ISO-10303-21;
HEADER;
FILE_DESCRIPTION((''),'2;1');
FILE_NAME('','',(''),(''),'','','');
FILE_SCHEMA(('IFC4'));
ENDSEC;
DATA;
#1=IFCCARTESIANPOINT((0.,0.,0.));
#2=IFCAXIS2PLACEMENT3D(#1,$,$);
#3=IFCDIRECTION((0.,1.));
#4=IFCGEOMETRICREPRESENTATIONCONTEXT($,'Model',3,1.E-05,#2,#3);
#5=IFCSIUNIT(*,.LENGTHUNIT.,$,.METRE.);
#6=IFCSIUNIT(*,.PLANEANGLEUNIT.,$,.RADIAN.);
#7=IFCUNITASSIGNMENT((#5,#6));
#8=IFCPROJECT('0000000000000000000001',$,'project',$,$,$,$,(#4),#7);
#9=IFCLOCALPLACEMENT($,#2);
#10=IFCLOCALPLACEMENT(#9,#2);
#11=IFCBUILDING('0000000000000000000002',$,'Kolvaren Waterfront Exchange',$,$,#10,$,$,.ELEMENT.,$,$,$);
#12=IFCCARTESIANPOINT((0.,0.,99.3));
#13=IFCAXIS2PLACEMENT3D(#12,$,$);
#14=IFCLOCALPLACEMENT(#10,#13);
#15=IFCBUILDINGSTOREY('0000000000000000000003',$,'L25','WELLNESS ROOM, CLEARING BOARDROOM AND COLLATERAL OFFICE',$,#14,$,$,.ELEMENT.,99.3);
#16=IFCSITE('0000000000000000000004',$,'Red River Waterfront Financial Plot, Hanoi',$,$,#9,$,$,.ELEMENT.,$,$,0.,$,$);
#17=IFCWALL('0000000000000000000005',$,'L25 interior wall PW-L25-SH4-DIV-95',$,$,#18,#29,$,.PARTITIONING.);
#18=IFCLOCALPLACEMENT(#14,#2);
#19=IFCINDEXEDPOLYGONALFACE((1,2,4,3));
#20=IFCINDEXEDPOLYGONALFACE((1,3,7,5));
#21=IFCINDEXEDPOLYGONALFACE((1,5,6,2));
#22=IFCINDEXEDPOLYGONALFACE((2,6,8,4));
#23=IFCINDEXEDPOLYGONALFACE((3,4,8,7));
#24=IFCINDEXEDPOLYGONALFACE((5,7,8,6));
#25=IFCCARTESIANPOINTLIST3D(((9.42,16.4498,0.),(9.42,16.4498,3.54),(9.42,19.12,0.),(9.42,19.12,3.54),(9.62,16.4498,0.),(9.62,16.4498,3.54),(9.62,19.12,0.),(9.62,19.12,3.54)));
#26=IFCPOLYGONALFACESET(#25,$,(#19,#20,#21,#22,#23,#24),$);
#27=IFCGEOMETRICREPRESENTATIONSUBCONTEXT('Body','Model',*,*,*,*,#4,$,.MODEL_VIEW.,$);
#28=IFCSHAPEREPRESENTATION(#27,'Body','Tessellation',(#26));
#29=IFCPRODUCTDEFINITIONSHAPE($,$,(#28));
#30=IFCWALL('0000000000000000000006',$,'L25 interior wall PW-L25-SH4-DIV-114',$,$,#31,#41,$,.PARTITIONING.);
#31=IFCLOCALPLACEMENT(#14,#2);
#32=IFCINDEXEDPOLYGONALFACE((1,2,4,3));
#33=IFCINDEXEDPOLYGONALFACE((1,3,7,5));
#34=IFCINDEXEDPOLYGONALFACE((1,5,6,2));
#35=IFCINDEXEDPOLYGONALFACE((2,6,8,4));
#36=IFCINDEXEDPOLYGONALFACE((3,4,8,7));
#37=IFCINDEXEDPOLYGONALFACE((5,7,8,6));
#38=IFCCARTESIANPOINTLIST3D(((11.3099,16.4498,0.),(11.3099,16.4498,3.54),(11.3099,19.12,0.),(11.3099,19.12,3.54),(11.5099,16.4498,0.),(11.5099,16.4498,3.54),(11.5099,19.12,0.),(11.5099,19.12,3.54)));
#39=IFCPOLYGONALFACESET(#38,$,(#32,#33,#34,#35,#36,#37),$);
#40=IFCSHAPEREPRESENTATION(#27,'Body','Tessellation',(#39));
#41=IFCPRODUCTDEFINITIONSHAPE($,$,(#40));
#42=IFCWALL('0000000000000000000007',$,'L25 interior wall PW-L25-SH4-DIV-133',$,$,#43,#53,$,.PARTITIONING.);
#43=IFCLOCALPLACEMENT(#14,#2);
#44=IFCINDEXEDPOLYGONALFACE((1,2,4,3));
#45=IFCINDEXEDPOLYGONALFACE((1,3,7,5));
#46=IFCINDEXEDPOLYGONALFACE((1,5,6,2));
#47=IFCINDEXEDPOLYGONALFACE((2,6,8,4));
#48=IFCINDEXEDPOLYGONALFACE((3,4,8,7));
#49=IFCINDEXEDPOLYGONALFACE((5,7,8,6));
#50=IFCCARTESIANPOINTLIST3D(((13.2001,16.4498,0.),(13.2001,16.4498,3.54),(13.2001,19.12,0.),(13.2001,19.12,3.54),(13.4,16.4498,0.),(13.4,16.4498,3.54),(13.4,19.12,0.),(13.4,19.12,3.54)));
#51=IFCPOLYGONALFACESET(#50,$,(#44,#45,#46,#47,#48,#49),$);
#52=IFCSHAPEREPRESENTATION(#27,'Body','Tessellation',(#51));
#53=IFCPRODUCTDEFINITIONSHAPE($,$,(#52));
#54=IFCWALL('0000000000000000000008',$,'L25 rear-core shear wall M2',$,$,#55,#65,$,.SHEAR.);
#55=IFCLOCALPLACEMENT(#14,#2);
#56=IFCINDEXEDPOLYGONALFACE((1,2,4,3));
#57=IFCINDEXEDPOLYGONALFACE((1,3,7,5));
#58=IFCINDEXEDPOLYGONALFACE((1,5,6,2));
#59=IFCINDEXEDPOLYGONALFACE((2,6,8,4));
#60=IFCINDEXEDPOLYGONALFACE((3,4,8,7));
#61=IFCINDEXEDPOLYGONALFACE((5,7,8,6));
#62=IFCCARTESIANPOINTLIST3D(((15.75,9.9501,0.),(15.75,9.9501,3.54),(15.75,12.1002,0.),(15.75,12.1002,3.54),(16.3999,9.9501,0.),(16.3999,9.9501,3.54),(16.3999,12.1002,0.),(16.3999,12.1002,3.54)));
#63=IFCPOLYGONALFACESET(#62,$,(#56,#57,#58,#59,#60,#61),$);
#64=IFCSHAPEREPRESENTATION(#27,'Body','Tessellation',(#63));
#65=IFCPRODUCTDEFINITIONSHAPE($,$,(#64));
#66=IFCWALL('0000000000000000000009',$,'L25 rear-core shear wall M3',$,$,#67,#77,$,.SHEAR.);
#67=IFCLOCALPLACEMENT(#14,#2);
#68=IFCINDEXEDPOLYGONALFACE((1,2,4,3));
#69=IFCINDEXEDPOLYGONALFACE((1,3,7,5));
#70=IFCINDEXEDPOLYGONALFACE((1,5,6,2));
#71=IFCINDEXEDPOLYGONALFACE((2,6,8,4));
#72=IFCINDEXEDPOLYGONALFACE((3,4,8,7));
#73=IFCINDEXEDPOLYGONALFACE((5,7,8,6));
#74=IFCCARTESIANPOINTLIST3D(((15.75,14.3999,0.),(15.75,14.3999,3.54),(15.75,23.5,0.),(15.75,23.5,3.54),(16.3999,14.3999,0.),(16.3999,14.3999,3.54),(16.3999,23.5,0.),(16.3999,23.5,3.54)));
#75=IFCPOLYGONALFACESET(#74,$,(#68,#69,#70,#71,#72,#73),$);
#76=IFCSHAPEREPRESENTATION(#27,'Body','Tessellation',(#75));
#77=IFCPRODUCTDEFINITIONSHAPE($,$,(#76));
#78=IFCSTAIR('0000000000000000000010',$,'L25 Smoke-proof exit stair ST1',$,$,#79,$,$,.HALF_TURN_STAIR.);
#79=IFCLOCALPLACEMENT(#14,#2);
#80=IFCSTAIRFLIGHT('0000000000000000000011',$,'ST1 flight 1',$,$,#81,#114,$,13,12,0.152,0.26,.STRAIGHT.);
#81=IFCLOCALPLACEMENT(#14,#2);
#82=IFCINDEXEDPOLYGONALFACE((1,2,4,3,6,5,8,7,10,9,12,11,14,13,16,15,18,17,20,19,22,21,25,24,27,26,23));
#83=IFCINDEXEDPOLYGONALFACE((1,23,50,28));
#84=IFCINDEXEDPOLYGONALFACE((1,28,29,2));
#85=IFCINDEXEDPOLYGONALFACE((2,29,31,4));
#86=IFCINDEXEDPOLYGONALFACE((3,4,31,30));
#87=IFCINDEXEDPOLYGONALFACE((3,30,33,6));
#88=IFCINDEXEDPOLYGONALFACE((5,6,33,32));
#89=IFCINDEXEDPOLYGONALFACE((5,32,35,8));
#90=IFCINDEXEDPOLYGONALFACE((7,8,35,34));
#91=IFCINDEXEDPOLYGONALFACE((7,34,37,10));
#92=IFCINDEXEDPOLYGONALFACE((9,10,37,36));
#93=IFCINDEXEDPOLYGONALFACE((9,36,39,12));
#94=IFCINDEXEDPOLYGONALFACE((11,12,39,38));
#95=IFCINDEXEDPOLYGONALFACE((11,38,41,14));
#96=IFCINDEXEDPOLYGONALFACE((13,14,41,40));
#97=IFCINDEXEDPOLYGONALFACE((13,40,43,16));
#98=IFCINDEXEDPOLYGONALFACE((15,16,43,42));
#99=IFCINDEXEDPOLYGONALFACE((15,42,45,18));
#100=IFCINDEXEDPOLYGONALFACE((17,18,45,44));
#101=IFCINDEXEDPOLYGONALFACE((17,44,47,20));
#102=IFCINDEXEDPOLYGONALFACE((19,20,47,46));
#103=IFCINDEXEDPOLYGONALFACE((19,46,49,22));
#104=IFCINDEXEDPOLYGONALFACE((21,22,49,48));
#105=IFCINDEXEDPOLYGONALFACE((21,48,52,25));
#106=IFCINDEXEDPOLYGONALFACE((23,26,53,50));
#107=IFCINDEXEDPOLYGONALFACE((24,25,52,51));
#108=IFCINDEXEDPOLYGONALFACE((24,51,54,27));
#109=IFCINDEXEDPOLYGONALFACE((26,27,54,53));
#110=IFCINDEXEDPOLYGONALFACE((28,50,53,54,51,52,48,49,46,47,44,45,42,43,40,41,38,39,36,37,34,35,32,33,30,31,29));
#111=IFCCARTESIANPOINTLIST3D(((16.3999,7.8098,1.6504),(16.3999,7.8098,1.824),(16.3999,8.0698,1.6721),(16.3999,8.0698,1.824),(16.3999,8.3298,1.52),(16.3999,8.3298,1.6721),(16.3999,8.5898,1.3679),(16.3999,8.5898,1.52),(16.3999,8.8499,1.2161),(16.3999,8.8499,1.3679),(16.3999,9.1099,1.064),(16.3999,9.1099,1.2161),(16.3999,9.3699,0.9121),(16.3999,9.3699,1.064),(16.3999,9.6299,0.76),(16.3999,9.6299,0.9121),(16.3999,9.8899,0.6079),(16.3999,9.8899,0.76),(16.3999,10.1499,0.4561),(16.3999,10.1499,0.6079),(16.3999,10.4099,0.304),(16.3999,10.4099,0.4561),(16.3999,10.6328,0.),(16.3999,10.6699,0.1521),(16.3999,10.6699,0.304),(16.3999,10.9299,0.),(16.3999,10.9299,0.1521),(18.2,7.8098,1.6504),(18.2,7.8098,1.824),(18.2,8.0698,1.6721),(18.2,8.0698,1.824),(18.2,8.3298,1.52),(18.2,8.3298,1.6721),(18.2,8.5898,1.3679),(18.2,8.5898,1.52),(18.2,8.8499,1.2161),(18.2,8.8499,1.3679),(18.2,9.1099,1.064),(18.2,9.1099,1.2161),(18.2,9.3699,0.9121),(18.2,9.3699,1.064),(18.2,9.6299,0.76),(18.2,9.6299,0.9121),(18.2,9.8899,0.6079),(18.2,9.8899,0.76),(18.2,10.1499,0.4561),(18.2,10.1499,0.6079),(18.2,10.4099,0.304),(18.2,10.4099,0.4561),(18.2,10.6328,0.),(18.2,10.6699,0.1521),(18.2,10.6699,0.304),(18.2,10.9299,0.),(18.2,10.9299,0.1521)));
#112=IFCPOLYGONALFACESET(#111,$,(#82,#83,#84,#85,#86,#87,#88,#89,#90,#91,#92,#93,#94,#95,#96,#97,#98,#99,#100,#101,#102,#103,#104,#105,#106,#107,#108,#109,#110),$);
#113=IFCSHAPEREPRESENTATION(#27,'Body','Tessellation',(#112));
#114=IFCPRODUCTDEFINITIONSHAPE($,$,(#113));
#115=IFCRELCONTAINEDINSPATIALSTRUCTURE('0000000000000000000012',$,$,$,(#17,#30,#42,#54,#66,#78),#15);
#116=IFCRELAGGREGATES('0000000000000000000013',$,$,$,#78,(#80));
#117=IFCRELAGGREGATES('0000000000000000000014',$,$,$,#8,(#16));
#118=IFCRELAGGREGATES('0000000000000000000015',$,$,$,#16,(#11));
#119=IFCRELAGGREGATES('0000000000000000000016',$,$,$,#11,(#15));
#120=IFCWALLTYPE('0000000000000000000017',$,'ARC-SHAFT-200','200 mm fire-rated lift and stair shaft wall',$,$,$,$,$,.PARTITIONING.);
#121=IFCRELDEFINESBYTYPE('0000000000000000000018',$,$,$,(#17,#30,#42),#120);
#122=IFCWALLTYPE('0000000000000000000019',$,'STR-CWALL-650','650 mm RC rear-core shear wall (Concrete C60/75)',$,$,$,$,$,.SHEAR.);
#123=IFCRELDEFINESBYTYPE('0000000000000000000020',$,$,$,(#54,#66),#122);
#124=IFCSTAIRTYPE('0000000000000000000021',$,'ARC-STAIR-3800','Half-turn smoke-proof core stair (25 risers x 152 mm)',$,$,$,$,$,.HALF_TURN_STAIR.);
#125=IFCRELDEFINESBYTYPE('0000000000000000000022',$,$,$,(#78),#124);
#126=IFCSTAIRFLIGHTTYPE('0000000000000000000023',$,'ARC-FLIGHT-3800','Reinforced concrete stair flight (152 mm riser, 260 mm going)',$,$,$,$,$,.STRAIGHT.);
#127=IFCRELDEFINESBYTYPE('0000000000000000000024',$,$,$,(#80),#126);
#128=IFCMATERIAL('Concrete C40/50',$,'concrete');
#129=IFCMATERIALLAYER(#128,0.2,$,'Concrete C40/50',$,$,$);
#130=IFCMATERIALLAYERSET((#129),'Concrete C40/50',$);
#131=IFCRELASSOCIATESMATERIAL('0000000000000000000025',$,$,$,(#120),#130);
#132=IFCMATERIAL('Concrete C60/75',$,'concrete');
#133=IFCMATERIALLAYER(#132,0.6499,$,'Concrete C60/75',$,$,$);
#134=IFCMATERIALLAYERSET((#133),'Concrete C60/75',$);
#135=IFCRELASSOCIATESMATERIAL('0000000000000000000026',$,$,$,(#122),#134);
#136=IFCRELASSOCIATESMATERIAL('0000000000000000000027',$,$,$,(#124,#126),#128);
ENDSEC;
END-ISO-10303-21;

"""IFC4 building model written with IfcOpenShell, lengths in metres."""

from ifc_helpers import new_model, si_unit, direction, frame, frame_2d, origin, place, context, subcontext, project, spatial, polyline, rectangle, outline, extrude, material, layer, layer_set, type_object, element, aggregate, save


model = new_model("IFC4")

# Units and contexts
model_context = context("Model", 3, precision=1e-05, world=origin(), true_north=direction((0.0, 1.0)))
body_context = subcontext(model_context, "Body", "Model", "MODEL_VIEW")
ifc_project = project(units=[si_unit("LENGTHUNIT", "METRE"), si_unit("PLANEANGLEUNIT", "RADIAN")], contexts=[model_context])

# Site, building, storey
site_placement = place(None, origin())
site = spatial("IfcSite", under=ifc_project, at=site_placement, Name="Red River Waterfront Financial Plot, Hanoi", CompositionType="ELEMENT", RefElevation=0.0)
building_placement = place(site_placement, origin())
building = spatial("IfcBuilding", under=site, at=building_placement, Name="Kolvaren Waterfront Exchange", CompositionType="ELEMENT")
storey_placement = place(building_placement, frame((0.0, 0.0, 99.3)))
storey = spatial("IfcBuildingStorey", under=building, at=storey_placement, Name="L25", Description="WELLNESS ROOM, CLEARING BOARDROOM AND COLLATERAL OFFICE", CompositionType="ELEMENT", Elevation=99.3)

# Shared definitions
ifc_material_1 = material(Name="Concrete C60/75", Category="concrete")

# Walls
ifc_material_2 = material(Name="Concrete C40/50", Category="concrete")
ifc_layer_1 = layer(ifc_material_2, 0.2, Name="Concrete C40/50")
ifc_layer_set_1 = layer_set([ifc_layer_1], Name="Concrete C40/50")
wall_type_1 = type_object("IfcWallType", Name="ARC-SHAFT-200", Description="200 mm fire-rated lift and stair shaft wall", PredefinedType="PARTITIONING", material=ifc_layer_set_1)
for number, where, z_axis, x_axis, name in (
    (1, (9.52, 16.45, 0.0), (0.0, 0.0, 1.0), (0.0, 1.0, 0.0), "L25 interior wall PW-L25-SH4-DIV-95"),
    (2, (11.4099, 16.45, 0.0), (0.0, 0.0, 1.0), (0.0, 1.0, 0.0), "L25 interior wall PW-L25-SH4-DIV-114"),
    (3, (13.3, 16.45, 0.0), (0.0, 0.0, 1.0), (0.0, 1.0, 0.0), "L25 interior wall PW-L25-SH4-DIV-133"),
):
    element("IfcWall", number, at=place(storey_placement, frame(where, z_axis=z_axis, x_axis=x_axis)), inside=storey, type_object=wall_type_1, Name=name, PredefinedType="PARTITIONING", context=body_context, shape_type="SweptSolid", body=[
        extrude(rectangle(XDim=2.6702, YDim=0.2, at=frame_2d((1.335, 0.0))), origin(), (0.0, 0.0, 1.0), 3.54),
    ])
ifc_layer_2 = layer(ifc_material_1, 0.6499, Name="Concrete C60/75")
ifc_layer_set_2 = layer_set([ifc_layer_2], Name="Concrete C60/75")
wall_type_2 = type_object("IfcWallType", Name="STR-CWALL-650", Description="650 mm RC rear-core shear wall (Concrete C60/75)", PredefinedType="SHEAR", material=ifc_layer_set_2)
wall_1_placement = place(storey_placement, frame((16.075, 9.95, 0.0), z_axis=(0.0, 0.0, 1.0), x_axis=(0.0, 1.0, 0.0)))
element("IfcWall", 4, at=wall_1_placement, inside=storey, type_object=wall_type_2, Name="L25 rear-core shear wall M2", PredefinedType="SHEAR", context=body_context, shape_type="SweptSolid", body=[
    extrude(rectangle(XDim=2.1501, YDim=0.6499, at=frame_2d((1.0752, 0.0))), origin(), (0.0, 0.0, 1.0), 3.54),
])
wall_2_placement = place(storey_placement, frame((16.075, 14.3999, 0.0), z_axis=(0.0, 0.0, 1.0), x_axis=(0.0, 1.0, 0.0)))
element("IfcWall", 5, at=wall_2_placement, inside=storey, type_object=wall_type_2, Name="L25 rear-core shear wall M3", PredefinedType="SHEAR", context=body_context, shape_type="SweptSolid", body=[
    extrude(rectangle(XDim=9.1001, YDim=0.6499, at=frame_2d((4.55, 0.0))), origin(), (0.0, 0.0, 1.0), 3.54),
])

# Stair, stair flight
stair_type = type_object("IfcStairType", Name="ARC-STAIR-3800", Description="Half-turn smoke-proof core stair (25 risers x 152 mm)", PredefinedType="HALF_TURN_STAIR", material=ifc_material_2)
stair_placement = place(storey_placement, origin())
stair = element("IfcStair", 6, at=stair_placement, inside=storey, type_object=stair_type, Name="L25 Smoke-proof exit stair ST1", PredefinedType="HALF_TURN_STAIR")
stair_flight_type = type_object("IfcStairFlightType", Name="ARC-FLIGHT-3800", Description="Reinforced concrete stair flight (152 mm riser, 260 mm going)", PredefinedType="STRAIGHT", material=ifc_material_2)
stair_flight_placement = place(storey_placement, frame((17.3, 10.9299, 0.0), z_axis=(0.0, 0.0, 1.0), x_axis=(0.0, -1.0, 0.0)))
stair_flight = element("IfcStairFlight", 7, at=stair_flight_placement, type_object=stair_flight_type, Name="ST1 flight 1", NumberOfRisers=13, NumberOfTreads=12, PredefinedType="STRAIGHT", RiserHeight=0.152, TreadLength=0.26, context=body_context, shape_type="SweptSolid", body=[
    extrude(outline(polyline([(0.0, 0.0), (0.0, 0.1521), (0.26, 0.1521), (0.26, 0.304), (0.52, 0.304), (0.52, 0.4561), (0.78, 0.4561), (0.78, 0.6079), (1.04, 0.6079), (1.04, 0.76), (1.3, 0.76), (1.3, 0.9121), (1.5601, 0.9121), (1.5601, 1.064), (1.8201, 1.064), (1.8201, 1.2161), (2.0801, 1.2161), (2.0801, 1.3679), (2.3401, 1.3679), (2.3401, 1.52), (2.6001, 1.52), (2.6001, 1.6721), (2.8601, 1.6721), (2.8601, 1.824), (3.1201, 1.824), (3.1201, 1.9761), (3.1201, 1.6504), (0.2971, 0.0), (0.0, 0.0)])), frame((0.0, 0.8999, 0.0), z_axis=(0.0, -1.0, 0.0), x_axis=(1.0, 0.0, 0.0)), (0.0, 0.0, 1.0), 1.8),
])
aggregate(stair, [stair_flight])

save(model, "model.ifc")
